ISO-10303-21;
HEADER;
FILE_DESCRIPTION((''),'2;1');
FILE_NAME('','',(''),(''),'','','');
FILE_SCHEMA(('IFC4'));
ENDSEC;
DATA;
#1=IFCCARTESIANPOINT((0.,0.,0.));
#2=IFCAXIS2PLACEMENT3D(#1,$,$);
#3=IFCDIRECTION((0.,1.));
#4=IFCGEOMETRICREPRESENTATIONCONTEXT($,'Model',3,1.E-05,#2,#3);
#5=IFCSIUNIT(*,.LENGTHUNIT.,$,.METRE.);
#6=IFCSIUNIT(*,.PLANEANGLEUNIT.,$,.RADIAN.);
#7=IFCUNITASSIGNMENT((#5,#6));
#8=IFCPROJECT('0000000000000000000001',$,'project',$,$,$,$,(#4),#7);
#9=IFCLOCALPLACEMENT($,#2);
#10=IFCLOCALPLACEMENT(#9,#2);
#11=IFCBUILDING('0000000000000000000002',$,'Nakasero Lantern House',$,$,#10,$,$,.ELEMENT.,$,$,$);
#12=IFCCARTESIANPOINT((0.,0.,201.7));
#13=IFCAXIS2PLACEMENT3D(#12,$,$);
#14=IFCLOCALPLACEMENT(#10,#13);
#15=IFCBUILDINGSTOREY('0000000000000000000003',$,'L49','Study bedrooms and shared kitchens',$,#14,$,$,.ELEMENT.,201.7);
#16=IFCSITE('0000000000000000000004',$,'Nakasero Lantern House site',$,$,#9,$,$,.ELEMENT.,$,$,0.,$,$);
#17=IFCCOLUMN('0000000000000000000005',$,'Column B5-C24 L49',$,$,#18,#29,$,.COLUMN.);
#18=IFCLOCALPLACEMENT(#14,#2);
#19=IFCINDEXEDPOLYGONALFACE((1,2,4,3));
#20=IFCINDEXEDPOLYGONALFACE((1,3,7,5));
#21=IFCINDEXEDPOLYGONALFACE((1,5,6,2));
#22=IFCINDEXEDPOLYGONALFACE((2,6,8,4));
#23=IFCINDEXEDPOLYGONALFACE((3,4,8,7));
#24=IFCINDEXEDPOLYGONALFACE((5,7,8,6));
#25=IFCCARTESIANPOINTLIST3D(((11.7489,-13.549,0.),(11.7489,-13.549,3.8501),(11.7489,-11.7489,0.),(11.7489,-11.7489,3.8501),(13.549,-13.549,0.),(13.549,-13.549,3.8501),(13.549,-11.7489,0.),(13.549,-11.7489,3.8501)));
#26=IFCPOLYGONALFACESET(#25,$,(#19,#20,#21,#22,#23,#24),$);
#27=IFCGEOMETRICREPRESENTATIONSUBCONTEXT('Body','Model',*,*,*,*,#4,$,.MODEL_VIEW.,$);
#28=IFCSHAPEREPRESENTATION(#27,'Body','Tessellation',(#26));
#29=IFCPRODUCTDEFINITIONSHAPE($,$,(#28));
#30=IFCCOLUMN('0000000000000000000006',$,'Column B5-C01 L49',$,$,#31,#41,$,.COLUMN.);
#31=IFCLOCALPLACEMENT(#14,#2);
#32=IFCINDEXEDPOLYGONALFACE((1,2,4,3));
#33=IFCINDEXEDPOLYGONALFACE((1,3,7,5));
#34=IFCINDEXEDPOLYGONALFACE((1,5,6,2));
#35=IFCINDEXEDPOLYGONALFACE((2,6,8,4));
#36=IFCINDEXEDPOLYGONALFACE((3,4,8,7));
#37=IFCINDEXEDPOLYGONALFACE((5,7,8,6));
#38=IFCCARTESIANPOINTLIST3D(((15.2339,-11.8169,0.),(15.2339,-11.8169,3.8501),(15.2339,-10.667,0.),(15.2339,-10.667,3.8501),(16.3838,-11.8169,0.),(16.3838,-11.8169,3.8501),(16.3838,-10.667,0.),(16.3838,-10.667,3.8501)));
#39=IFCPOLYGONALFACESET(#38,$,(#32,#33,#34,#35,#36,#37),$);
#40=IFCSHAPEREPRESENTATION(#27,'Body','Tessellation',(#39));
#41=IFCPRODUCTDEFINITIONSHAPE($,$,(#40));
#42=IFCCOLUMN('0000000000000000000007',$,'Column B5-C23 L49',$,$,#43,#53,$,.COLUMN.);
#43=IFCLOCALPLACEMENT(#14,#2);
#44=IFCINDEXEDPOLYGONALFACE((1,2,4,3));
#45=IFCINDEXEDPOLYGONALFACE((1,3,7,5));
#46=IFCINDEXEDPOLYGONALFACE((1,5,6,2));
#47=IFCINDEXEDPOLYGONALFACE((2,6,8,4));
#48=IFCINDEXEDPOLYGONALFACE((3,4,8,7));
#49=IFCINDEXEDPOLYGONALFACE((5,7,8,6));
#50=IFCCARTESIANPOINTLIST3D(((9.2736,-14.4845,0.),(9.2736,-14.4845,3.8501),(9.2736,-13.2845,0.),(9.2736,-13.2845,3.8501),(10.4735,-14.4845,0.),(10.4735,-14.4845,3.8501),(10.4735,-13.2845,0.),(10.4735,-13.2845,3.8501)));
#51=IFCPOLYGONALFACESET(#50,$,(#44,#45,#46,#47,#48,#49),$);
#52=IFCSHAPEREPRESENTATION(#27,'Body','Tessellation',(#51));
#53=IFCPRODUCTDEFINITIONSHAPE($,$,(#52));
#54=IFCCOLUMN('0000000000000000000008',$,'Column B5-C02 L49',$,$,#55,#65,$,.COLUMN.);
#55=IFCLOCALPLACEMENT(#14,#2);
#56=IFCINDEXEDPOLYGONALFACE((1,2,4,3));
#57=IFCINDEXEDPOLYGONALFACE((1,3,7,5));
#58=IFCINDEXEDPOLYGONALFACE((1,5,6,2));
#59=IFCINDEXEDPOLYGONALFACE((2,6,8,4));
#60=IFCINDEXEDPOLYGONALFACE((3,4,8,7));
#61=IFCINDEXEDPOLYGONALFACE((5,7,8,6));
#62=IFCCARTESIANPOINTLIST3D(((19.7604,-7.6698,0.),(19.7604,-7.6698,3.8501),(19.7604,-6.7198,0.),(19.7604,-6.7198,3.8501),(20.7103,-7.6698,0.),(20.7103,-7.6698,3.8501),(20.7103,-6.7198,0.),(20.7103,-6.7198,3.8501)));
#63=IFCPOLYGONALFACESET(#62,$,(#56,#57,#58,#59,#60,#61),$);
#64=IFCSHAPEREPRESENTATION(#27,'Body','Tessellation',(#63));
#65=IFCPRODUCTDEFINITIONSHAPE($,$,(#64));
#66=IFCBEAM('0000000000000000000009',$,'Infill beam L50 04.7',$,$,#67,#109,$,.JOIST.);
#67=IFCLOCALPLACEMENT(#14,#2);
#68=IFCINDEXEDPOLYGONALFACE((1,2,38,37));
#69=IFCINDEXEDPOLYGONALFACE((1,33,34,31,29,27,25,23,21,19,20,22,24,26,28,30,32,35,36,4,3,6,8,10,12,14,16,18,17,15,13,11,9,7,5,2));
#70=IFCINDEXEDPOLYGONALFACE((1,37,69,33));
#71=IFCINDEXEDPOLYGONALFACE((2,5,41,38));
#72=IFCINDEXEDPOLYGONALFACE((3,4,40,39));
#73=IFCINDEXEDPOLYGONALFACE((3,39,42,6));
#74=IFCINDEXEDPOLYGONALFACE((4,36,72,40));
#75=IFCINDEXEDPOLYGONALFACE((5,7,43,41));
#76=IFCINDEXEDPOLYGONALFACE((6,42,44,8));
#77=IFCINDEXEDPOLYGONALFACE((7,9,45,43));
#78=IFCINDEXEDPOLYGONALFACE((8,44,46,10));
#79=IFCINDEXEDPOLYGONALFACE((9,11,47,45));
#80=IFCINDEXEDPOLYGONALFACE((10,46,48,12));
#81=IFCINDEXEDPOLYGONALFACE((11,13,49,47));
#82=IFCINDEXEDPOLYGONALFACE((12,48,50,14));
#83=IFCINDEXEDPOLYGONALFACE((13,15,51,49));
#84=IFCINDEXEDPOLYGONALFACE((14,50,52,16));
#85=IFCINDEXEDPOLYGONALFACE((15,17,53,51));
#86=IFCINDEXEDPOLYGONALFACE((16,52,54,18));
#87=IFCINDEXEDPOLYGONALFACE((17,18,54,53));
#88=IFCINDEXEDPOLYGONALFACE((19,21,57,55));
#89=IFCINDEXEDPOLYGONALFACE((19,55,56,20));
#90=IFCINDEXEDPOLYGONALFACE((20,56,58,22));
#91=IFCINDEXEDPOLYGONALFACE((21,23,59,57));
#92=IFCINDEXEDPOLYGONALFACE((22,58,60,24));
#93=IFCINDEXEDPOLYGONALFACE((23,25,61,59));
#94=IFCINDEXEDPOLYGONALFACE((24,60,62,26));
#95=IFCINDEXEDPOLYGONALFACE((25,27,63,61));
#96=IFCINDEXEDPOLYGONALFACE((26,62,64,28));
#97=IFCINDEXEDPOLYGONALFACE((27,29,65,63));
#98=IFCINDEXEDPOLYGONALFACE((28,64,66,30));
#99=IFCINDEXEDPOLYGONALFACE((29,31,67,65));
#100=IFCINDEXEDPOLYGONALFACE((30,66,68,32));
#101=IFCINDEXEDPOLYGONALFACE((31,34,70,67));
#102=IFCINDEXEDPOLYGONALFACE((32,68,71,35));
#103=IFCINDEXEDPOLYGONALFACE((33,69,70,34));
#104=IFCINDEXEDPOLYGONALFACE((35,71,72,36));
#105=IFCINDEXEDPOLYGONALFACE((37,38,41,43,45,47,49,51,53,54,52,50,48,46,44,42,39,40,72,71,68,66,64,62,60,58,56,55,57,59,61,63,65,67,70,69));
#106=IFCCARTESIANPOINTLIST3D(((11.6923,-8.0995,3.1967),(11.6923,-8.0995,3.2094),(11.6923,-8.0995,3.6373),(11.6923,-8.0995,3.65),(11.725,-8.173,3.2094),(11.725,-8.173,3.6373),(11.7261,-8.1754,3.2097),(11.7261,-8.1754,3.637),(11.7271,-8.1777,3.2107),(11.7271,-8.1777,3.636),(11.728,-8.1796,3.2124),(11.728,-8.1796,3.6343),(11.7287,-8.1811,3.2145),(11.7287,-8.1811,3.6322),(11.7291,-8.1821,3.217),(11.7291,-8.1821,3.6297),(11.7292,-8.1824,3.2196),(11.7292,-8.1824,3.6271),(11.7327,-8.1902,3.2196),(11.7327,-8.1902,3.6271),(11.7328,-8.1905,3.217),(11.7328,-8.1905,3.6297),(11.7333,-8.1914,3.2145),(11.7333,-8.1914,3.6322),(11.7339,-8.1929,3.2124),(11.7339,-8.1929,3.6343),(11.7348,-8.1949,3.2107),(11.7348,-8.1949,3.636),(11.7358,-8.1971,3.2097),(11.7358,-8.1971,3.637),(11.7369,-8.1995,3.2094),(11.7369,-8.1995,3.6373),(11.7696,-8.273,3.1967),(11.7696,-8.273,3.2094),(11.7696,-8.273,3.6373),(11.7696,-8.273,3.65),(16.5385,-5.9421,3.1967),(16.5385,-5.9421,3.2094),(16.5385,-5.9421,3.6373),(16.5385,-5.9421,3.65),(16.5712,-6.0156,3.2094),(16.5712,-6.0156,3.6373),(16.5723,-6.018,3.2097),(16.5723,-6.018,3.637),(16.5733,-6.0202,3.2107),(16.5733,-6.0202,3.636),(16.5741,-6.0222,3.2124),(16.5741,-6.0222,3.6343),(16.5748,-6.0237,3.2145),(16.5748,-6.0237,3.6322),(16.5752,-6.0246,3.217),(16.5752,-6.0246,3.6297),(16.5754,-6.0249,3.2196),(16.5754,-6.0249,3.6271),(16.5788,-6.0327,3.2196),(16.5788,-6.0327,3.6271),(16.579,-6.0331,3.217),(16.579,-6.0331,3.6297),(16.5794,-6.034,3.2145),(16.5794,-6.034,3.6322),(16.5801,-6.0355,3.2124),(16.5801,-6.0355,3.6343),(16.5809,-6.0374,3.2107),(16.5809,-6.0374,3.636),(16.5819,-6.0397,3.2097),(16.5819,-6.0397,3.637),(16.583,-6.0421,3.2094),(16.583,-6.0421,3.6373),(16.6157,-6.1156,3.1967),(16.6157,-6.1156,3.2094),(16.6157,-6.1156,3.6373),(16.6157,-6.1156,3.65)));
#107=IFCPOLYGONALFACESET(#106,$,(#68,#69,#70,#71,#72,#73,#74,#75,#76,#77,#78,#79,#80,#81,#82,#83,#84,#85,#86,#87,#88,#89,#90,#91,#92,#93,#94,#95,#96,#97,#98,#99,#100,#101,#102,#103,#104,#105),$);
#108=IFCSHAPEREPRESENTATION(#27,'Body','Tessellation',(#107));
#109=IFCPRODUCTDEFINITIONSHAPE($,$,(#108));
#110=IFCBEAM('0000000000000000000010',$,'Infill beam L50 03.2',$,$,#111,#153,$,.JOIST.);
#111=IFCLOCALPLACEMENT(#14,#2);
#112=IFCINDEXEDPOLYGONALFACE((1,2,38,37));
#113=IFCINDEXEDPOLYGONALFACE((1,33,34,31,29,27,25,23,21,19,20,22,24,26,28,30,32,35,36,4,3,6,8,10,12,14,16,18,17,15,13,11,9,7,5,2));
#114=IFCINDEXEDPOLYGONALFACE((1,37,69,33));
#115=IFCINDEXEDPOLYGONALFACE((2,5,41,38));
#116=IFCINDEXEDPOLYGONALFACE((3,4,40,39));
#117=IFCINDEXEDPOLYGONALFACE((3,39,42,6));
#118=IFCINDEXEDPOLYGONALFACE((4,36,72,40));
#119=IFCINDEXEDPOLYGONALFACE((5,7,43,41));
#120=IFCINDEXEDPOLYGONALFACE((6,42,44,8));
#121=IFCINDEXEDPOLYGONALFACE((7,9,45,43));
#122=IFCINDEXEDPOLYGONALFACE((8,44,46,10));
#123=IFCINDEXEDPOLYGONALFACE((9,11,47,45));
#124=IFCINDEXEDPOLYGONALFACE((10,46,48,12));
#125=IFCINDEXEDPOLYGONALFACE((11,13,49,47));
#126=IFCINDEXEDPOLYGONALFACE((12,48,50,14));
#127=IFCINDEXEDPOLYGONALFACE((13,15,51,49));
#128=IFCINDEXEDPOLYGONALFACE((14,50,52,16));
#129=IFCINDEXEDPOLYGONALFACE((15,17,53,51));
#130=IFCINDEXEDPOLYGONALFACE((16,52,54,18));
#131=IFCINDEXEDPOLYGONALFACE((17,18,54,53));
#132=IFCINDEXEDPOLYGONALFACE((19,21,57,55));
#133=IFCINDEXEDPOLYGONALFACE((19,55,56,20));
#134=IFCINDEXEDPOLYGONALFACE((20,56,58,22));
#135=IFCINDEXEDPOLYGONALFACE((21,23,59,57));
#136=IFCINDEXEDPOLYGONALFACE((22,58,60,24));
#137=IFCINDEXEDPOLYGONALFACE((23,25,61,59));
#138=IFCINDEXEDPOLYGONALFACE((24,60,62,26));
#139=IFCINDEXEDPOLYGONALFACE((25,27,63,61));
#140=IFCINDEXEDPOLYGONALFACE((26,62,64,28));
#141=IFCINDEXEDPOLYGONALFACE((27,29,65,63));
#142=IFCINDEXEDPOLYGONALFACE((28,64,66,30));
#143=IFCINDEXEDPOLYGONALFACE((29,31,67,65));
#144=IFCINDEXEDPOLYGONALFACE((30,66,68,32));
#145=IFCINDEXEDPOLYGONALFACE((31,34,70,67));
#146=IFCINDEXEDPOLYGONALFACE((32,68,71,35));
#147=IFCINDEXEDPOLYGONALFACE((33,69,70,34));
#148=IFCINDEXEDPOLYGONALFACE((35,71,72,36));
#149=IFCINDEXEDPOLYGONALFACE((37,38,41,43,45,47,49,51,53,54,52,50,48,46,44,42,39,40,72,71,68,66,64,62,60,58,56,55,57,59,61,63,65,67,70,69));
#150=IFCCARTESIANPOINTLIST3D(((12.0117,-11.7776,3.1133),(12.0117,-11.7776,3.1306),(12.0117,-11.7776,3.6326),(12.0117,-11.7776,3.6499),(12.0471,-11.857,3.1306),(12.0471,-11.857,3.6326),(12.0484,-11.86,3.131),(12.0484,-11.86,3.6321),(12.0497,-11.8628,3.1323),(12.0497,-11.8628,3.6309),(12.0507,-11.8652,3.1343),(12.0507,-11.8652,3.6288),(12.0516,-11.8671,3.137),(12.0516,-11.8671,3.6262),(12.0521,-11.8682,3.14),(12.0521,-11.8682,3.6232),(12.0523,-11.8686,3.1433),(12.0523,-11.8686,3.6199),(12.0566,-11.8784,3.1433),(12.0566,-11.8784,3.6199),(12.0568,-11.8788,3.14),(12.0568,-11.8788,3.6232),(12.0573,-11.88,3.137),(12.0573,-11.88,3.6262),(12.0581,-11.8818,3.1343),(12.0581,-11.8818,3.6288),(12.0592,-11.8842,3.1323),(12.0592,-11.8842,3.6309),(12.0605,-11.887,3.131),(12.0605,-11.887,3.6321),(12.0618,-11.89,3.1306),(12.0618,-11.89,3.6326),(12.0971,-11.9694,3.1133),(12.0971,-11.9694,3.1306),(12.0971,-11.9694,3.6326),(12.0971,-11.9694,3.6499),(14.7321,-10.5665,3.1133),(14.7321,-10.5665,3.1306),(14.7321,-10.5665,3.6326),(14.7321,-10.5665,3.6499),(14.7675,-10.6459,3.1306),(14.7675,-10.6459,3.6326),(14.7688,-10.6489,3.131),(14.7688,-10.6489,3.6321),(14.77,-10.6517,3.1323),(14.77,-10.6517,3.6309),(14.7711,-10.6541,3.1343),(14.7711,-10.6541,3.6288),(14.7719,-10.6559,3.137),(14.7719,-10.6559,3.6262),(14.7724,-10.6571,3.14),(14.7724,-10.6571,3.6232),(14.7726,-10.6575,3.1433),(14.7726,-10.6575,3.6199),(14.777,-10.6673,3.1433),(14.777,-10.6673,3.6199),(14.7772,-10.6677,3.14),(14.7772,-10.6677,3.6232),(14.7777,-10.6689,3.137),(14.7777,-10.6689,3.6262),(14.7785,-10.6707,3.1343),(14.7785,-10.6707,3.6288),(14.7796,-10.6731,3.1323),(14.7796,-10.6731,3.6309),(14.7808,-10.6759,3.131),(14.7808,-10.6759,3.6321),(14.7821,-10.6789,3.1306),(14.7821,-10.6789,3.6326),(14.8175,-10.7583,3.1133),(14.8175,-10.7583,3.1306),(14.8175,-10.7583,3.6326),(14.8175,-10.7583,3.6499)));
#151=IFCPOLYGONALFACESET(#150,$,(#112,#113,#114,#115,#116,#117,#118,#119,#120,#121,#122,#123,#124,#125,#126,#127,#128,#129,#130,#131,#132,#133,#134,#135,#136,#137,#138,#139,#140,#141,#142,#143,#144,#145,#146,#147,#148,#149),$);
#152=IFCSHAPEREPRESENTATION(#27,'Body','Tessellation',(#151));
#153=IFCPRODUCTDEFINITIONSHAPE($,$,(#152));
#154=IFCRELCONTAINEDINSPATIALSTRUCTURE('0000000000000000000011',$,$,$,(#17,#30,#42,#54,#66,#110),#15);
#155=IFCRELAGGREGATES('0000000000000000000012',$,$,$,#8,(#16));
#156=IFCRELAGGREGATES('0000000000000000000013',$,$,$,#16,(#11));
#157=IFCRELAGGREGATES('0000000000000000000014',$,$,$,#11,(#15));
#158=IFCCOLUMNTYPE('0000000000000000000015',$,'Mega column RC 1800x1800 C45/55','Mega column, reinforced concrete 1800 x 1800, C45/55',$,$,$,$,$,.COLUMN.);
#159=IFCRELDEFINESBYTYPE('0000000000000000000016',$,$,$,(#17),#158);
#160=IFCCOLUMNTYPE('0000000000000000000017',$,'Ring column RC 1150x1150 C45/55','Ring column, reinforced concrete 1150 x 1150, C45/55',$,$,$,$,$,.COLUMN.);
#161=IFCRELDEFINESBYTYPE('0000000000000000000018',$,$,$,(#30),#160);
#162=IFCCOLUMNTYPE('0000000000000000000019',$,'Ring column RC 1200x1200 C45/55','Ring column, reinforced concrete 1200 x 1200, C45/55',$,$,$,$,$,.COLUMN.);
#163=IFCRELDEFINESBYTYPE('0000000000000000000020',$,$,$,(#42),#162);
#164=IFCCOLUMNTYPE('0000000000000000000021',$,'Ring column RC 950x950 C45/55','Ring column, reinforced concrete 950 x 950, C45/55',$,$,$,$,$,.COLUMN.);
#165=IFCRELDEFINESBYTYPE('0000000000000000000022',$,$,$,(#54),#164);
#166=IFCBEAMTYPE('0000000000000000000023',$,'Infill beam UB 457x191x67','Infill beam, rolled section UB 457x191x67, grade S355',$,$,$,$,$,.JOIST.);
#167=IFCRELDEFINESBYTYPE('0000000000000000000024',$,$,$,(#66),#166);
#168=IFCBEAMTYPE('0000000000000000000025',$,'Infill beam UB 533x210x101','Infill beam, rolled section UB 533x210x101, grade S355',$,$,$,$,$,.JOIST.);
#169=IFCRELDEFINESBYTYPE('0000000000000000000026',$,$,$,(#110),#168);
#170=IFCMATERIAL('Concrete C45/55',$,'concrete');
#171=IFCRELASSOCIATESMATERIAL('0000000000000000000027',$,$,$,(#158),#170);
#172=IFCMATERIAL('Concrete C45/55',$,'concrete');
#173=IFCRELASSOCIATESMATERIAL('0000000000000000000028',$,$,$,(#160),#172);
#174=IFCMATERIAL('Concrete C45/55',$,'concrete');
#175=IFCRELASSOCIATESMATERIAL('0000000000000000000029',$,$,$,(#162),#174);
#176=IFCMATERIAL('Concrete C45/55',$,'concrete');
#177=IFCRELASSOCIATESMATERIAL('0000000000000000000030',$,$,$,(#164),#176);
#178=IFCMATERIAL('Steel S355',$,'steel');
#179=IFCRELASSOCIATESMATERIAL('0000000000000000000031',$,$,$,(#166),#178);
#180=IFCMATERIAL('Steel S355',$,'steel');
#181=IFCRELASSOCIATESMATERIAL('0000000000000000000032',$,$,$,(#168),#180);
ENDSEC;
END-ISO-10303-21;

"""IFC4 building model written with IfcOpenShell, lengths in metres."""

from ifc_helpers import new_model, si_unit, direction, frame, origin, origin_2d, place, context, subcontext, project, spatial, rectangle, i_section, extrude, material, material_profile, profile_set, type_object, element, save


model = new_model("IFC4")

# Units and contexts
model_context = context("Model", 3, precision=1e-05, world=origin(), true_north=direction((0.0, 1.0)))
body_context = subcontext(model_context, "Body", "Model", "MODEL_VIEW")
ifc_project = project(units=[si_unit("LENGTHUNIT", "METRE"), si_unit("PLANEANGLEUNIT", "RADIAN")], contexts=[model_context])

# Site, building, storey
site_placement = place(None, origin())
site = spatial("IfcSite", under=ifc_project, at=site_placement, Name="Nakasero Lantern House site", CompositionType="ELEMENT", RefElevation=0.0)
building_placement = place(site_placement, origin())
building = spatial("IfcBuilding", under=site, at=building_placement, Name="Nakasero Lantern House", CompositionType="ELEMENT")
storey_placement = place(building_placement, frame((0.0, 0.0, 201.7)))
storey = spatial("IfcBuildingStorey", under=building, at=storey_placement, Name="L49", Description="Study bedrooms and shared kitchens", CompositionType="ELEMENT", Elevation=201.7)

# Columns
ifc_material_1 = material(Name="Concrete C45/55", Category="concrete")
ifc_material_profile_1 = material_profile(ifc_material_1, rectangle(XDim=1.8, YDim=1.8, at=origin_2d()), Name="RC 1800x1800")
ifc_profile_set_1 = profile_set([ifc_material_profile_1], Name="Concrete C45/55")
column_type_1 = type_object("IfcColumnType", Name="Mega column RC 1800x1800 C45/55", Description="Mega column, reinforced concrete 1800 x 1800, C45/55", PredefinedType="COLUMN", material=ifc_profile_set_1)
column_1_placement = place(storey_placement, frame((12.6489, -12.6489, 0.0), z_axis=(0.0, 0.0, 1.0), x_axis=(1.0, 0.0, 0.0)))
element("IfcColumn", 1, at=column_1_placement, inside=storey, type_object=column_type_1, Name="Column B5-C24 L49", PredefinedType="COLUMN", context=body_context, shape_type="SweptSolid", body=[
    extrude(rectangle(XDim=1.8, YDim=1.8, at=origin_2d()), origin(), (0.0, 0.0, 1.0), 3.8501),
])
ifc_material_2 = material(Name="Concrete C45/55", Category="concrete")
ifc_material_profile_2 = material_profile(ifc_material_2, rectangle(XDim=1.1499, YDim=1.1499, at=origin_2d()), Name="RC 1150x1150")
ifc_profile_set_2 = profile_set([ifc_material_profile_2], Name="Concrete C45/55")
column_type_2 = type_object("IfcColumnType", Name="Ring column RC 1150x1150 C45/55", Description="Ring column, reinforced concrete 1150 x 1150, C45/55", PredefinedType="COLUMN", material=ifc_profile_set_2)
column_2_placement = place(storey_placement, frame((15.8088, -11.2419, 0.0), z_axis=(0.0, 0.0, 1.0), x_axis=(1.0, 0.0, 0.0)))
element("IfcColumn", 2, at=column_2_placement, inside=storey, type_object=column_type_2, Name="Column B5-C01 L49", PredefinedType="COLUMN", context=body_context, shape_type="SweptSolid", body=[
    extrude(rectangle(XDim=1.1499, YDim=1.1499, at=origin_2d()), origin(), (0.0, 0.0, 1.0), 3.8501),
])
ifc_material_3 = material(Name="Concrete C45/55", Category="concrete")
ifc_material_profile_3 = material_profile(ifc_material_3, rectangle(XDim=1.2, YDim=1.2, at=origin_2d()), Name="RC 1200x1200")
ifc_profile_set_3 = profile_set([ifc_material_profile_3], Name="Concrete C45/55")
column_type_3 = type_object("IfcColumnType", Name="Ring column RC 1200x1200 C45/55", Description="Ring column, reinforced concrete 1200 x 1200, C45/55", PredefinedType="COLUMN", material=ifc_profile_set_3)
column_3_placement = place(storey_placement, frame((9.8735, -13.8845, 0.0), z_axis=(0.0, 0.0, 1.0), x_axis=(1.0, 0.0, 0.0)))
element("IfcColumn", 3, at=column_3_placement, inside=storey, type_object=column_type_3, Name="Column B5-C23 L49", PredefinedType="COLUMN", context=body_context, shape_type="SweptSolid", body=[
    extrude(rectangle(XDim=1.2, YDim=1.2, at=origin_2d()), origin(), (0.0, 0.0, 1.0), 3.8501),
])
ifc_material_4 = material(Name="Concrete C45/55", Category="concrete")
ifc_material_profile_4 = material_profile(ifc_material_4, rectangle(XDim=0.95, YDim=0.95, at=origin_2d()), Name="RC 950x950")
ifc_profile_set_4 = profile_set([ifc_material_profile_4], Name="Concrete C45/55")
column_type_4 = type_object("IfcColumnType", Name="Ring column RC 950x950 C45/55", Description="Ring column, reinforced concrete 950 x 950, C45/55", PredefinedType="COLUMN", material=ifc_profile_set_4)
column_4_placement = place(storey_placement, frame((20.2354, -7.1948, 0.0), z_axis=(0.0, 0.0, 1.0), x_axis=(1.0, 0.0, 0.0)))
element("IfcColumn", 4, at=column_4_placement, inside=storey, type_object=column_type_4, Name="Column B5-C02 L49", PredefinedType="COLUMN", context=body_context, shape_type="SweptSolid", body=[
    extrude(rectangle(XDim=0.95, YDim=0.95, at=origin_2d()), origin(), (0.0, 0.0, 1.0), 3.8501),
])

# Beams
ifc_material_5 = material(Name="Steel S355", Category="steel")
ifc_material_profile_5 = material_profile(ifc_material_5, i_section(OverallWidth=0.1899, OverallDepth=0.4534, WebThickness=0.0085, FlangeThickness=0.0127, FilletRadius=0.0103, at=origin_2d()), Name="UB 457x191x67")
ifc_profile_set_5 = profile_set([ifc_material_profile_5], Name="Steel S355")
beam_type_1 = type_object("IfcBeamType", Name="Infill beam UB 457x191x67", Description="Infill beam, rolled section UB 457x191x67, grade S355", PredefinedType="JOIST", material=ifc_profile_set_5)
beam_1_placement = place(storey_placement, frame((11.731, -8.1863, 3.4233), z_axis=(0.913559, 0.406706, 0.0), x_axis=(-0.406706, 0.913559, 0.0)))
element("IfcBeam", 5, at=beam_1_placement, inside=storey, type_object=beam_type_1, Name="Infill beam L50 04.7", PredefinedType="JOIST", context=body_context, shape_type="SweptSolid", body=[
    extrude(i_section(OverallWidth=0.1899, OverallDepth=0.4534, WebThickness=0.0085, FlangeThickness=0.0127, FilletRadius=0.0103, at=origin_2d()), origin(), (0.0, 0.0, 1.0), 5.3047),
])
ifc_material_6 = material(Name="Steel S355", Category="steel")
ifc_material_profile_6 = material_profile(ifc_material_6, i_section(OverallWidth=0.21, OverallDepth=0.5366, WebThickness=0.0107, FlangeThickness=0.0173, FilletRadius=0.0127, at=origin_2d()), Name="UB 533x210x101")
ifc_profile_set_6 = profile_set([ifc_material_profile_6], Name="Steel S355")
beam_type_2 = type_object("IfcBeamType", Name="Infill beam UB 533x210x101", Description="Infill beam, rolled section UB 533x210x101, grade S355", PredefinedType="JOIST", material=ifc_profile_set_6)
beam_2_placement = place(storey_placement, frame((12.0544, -11.8735, 3.3816), z_axis=(0.913551, 0.406724, 0.0), x_axis=(-0.406724, 0.913551, 0.0)))
element("IfcBeam", 6, at=beam_2_placement, inside=storey, type_object=beam_type_2, Name="Infill beam L50 03.2", PredefinedType="JOIST", context=body_context, shape_type="SweptSolid", body=[
    extrude(i_section(OverallWidth=0.21, OverallDepth=0.5366, WebThickness=0.0107, FlangeThickness=0.0173, FilletRadius=0.0127, at=origin_2d()), origin(), (0.0, 0.0, 1.0), 2.9778),
])

save(model, "model.ifc")
